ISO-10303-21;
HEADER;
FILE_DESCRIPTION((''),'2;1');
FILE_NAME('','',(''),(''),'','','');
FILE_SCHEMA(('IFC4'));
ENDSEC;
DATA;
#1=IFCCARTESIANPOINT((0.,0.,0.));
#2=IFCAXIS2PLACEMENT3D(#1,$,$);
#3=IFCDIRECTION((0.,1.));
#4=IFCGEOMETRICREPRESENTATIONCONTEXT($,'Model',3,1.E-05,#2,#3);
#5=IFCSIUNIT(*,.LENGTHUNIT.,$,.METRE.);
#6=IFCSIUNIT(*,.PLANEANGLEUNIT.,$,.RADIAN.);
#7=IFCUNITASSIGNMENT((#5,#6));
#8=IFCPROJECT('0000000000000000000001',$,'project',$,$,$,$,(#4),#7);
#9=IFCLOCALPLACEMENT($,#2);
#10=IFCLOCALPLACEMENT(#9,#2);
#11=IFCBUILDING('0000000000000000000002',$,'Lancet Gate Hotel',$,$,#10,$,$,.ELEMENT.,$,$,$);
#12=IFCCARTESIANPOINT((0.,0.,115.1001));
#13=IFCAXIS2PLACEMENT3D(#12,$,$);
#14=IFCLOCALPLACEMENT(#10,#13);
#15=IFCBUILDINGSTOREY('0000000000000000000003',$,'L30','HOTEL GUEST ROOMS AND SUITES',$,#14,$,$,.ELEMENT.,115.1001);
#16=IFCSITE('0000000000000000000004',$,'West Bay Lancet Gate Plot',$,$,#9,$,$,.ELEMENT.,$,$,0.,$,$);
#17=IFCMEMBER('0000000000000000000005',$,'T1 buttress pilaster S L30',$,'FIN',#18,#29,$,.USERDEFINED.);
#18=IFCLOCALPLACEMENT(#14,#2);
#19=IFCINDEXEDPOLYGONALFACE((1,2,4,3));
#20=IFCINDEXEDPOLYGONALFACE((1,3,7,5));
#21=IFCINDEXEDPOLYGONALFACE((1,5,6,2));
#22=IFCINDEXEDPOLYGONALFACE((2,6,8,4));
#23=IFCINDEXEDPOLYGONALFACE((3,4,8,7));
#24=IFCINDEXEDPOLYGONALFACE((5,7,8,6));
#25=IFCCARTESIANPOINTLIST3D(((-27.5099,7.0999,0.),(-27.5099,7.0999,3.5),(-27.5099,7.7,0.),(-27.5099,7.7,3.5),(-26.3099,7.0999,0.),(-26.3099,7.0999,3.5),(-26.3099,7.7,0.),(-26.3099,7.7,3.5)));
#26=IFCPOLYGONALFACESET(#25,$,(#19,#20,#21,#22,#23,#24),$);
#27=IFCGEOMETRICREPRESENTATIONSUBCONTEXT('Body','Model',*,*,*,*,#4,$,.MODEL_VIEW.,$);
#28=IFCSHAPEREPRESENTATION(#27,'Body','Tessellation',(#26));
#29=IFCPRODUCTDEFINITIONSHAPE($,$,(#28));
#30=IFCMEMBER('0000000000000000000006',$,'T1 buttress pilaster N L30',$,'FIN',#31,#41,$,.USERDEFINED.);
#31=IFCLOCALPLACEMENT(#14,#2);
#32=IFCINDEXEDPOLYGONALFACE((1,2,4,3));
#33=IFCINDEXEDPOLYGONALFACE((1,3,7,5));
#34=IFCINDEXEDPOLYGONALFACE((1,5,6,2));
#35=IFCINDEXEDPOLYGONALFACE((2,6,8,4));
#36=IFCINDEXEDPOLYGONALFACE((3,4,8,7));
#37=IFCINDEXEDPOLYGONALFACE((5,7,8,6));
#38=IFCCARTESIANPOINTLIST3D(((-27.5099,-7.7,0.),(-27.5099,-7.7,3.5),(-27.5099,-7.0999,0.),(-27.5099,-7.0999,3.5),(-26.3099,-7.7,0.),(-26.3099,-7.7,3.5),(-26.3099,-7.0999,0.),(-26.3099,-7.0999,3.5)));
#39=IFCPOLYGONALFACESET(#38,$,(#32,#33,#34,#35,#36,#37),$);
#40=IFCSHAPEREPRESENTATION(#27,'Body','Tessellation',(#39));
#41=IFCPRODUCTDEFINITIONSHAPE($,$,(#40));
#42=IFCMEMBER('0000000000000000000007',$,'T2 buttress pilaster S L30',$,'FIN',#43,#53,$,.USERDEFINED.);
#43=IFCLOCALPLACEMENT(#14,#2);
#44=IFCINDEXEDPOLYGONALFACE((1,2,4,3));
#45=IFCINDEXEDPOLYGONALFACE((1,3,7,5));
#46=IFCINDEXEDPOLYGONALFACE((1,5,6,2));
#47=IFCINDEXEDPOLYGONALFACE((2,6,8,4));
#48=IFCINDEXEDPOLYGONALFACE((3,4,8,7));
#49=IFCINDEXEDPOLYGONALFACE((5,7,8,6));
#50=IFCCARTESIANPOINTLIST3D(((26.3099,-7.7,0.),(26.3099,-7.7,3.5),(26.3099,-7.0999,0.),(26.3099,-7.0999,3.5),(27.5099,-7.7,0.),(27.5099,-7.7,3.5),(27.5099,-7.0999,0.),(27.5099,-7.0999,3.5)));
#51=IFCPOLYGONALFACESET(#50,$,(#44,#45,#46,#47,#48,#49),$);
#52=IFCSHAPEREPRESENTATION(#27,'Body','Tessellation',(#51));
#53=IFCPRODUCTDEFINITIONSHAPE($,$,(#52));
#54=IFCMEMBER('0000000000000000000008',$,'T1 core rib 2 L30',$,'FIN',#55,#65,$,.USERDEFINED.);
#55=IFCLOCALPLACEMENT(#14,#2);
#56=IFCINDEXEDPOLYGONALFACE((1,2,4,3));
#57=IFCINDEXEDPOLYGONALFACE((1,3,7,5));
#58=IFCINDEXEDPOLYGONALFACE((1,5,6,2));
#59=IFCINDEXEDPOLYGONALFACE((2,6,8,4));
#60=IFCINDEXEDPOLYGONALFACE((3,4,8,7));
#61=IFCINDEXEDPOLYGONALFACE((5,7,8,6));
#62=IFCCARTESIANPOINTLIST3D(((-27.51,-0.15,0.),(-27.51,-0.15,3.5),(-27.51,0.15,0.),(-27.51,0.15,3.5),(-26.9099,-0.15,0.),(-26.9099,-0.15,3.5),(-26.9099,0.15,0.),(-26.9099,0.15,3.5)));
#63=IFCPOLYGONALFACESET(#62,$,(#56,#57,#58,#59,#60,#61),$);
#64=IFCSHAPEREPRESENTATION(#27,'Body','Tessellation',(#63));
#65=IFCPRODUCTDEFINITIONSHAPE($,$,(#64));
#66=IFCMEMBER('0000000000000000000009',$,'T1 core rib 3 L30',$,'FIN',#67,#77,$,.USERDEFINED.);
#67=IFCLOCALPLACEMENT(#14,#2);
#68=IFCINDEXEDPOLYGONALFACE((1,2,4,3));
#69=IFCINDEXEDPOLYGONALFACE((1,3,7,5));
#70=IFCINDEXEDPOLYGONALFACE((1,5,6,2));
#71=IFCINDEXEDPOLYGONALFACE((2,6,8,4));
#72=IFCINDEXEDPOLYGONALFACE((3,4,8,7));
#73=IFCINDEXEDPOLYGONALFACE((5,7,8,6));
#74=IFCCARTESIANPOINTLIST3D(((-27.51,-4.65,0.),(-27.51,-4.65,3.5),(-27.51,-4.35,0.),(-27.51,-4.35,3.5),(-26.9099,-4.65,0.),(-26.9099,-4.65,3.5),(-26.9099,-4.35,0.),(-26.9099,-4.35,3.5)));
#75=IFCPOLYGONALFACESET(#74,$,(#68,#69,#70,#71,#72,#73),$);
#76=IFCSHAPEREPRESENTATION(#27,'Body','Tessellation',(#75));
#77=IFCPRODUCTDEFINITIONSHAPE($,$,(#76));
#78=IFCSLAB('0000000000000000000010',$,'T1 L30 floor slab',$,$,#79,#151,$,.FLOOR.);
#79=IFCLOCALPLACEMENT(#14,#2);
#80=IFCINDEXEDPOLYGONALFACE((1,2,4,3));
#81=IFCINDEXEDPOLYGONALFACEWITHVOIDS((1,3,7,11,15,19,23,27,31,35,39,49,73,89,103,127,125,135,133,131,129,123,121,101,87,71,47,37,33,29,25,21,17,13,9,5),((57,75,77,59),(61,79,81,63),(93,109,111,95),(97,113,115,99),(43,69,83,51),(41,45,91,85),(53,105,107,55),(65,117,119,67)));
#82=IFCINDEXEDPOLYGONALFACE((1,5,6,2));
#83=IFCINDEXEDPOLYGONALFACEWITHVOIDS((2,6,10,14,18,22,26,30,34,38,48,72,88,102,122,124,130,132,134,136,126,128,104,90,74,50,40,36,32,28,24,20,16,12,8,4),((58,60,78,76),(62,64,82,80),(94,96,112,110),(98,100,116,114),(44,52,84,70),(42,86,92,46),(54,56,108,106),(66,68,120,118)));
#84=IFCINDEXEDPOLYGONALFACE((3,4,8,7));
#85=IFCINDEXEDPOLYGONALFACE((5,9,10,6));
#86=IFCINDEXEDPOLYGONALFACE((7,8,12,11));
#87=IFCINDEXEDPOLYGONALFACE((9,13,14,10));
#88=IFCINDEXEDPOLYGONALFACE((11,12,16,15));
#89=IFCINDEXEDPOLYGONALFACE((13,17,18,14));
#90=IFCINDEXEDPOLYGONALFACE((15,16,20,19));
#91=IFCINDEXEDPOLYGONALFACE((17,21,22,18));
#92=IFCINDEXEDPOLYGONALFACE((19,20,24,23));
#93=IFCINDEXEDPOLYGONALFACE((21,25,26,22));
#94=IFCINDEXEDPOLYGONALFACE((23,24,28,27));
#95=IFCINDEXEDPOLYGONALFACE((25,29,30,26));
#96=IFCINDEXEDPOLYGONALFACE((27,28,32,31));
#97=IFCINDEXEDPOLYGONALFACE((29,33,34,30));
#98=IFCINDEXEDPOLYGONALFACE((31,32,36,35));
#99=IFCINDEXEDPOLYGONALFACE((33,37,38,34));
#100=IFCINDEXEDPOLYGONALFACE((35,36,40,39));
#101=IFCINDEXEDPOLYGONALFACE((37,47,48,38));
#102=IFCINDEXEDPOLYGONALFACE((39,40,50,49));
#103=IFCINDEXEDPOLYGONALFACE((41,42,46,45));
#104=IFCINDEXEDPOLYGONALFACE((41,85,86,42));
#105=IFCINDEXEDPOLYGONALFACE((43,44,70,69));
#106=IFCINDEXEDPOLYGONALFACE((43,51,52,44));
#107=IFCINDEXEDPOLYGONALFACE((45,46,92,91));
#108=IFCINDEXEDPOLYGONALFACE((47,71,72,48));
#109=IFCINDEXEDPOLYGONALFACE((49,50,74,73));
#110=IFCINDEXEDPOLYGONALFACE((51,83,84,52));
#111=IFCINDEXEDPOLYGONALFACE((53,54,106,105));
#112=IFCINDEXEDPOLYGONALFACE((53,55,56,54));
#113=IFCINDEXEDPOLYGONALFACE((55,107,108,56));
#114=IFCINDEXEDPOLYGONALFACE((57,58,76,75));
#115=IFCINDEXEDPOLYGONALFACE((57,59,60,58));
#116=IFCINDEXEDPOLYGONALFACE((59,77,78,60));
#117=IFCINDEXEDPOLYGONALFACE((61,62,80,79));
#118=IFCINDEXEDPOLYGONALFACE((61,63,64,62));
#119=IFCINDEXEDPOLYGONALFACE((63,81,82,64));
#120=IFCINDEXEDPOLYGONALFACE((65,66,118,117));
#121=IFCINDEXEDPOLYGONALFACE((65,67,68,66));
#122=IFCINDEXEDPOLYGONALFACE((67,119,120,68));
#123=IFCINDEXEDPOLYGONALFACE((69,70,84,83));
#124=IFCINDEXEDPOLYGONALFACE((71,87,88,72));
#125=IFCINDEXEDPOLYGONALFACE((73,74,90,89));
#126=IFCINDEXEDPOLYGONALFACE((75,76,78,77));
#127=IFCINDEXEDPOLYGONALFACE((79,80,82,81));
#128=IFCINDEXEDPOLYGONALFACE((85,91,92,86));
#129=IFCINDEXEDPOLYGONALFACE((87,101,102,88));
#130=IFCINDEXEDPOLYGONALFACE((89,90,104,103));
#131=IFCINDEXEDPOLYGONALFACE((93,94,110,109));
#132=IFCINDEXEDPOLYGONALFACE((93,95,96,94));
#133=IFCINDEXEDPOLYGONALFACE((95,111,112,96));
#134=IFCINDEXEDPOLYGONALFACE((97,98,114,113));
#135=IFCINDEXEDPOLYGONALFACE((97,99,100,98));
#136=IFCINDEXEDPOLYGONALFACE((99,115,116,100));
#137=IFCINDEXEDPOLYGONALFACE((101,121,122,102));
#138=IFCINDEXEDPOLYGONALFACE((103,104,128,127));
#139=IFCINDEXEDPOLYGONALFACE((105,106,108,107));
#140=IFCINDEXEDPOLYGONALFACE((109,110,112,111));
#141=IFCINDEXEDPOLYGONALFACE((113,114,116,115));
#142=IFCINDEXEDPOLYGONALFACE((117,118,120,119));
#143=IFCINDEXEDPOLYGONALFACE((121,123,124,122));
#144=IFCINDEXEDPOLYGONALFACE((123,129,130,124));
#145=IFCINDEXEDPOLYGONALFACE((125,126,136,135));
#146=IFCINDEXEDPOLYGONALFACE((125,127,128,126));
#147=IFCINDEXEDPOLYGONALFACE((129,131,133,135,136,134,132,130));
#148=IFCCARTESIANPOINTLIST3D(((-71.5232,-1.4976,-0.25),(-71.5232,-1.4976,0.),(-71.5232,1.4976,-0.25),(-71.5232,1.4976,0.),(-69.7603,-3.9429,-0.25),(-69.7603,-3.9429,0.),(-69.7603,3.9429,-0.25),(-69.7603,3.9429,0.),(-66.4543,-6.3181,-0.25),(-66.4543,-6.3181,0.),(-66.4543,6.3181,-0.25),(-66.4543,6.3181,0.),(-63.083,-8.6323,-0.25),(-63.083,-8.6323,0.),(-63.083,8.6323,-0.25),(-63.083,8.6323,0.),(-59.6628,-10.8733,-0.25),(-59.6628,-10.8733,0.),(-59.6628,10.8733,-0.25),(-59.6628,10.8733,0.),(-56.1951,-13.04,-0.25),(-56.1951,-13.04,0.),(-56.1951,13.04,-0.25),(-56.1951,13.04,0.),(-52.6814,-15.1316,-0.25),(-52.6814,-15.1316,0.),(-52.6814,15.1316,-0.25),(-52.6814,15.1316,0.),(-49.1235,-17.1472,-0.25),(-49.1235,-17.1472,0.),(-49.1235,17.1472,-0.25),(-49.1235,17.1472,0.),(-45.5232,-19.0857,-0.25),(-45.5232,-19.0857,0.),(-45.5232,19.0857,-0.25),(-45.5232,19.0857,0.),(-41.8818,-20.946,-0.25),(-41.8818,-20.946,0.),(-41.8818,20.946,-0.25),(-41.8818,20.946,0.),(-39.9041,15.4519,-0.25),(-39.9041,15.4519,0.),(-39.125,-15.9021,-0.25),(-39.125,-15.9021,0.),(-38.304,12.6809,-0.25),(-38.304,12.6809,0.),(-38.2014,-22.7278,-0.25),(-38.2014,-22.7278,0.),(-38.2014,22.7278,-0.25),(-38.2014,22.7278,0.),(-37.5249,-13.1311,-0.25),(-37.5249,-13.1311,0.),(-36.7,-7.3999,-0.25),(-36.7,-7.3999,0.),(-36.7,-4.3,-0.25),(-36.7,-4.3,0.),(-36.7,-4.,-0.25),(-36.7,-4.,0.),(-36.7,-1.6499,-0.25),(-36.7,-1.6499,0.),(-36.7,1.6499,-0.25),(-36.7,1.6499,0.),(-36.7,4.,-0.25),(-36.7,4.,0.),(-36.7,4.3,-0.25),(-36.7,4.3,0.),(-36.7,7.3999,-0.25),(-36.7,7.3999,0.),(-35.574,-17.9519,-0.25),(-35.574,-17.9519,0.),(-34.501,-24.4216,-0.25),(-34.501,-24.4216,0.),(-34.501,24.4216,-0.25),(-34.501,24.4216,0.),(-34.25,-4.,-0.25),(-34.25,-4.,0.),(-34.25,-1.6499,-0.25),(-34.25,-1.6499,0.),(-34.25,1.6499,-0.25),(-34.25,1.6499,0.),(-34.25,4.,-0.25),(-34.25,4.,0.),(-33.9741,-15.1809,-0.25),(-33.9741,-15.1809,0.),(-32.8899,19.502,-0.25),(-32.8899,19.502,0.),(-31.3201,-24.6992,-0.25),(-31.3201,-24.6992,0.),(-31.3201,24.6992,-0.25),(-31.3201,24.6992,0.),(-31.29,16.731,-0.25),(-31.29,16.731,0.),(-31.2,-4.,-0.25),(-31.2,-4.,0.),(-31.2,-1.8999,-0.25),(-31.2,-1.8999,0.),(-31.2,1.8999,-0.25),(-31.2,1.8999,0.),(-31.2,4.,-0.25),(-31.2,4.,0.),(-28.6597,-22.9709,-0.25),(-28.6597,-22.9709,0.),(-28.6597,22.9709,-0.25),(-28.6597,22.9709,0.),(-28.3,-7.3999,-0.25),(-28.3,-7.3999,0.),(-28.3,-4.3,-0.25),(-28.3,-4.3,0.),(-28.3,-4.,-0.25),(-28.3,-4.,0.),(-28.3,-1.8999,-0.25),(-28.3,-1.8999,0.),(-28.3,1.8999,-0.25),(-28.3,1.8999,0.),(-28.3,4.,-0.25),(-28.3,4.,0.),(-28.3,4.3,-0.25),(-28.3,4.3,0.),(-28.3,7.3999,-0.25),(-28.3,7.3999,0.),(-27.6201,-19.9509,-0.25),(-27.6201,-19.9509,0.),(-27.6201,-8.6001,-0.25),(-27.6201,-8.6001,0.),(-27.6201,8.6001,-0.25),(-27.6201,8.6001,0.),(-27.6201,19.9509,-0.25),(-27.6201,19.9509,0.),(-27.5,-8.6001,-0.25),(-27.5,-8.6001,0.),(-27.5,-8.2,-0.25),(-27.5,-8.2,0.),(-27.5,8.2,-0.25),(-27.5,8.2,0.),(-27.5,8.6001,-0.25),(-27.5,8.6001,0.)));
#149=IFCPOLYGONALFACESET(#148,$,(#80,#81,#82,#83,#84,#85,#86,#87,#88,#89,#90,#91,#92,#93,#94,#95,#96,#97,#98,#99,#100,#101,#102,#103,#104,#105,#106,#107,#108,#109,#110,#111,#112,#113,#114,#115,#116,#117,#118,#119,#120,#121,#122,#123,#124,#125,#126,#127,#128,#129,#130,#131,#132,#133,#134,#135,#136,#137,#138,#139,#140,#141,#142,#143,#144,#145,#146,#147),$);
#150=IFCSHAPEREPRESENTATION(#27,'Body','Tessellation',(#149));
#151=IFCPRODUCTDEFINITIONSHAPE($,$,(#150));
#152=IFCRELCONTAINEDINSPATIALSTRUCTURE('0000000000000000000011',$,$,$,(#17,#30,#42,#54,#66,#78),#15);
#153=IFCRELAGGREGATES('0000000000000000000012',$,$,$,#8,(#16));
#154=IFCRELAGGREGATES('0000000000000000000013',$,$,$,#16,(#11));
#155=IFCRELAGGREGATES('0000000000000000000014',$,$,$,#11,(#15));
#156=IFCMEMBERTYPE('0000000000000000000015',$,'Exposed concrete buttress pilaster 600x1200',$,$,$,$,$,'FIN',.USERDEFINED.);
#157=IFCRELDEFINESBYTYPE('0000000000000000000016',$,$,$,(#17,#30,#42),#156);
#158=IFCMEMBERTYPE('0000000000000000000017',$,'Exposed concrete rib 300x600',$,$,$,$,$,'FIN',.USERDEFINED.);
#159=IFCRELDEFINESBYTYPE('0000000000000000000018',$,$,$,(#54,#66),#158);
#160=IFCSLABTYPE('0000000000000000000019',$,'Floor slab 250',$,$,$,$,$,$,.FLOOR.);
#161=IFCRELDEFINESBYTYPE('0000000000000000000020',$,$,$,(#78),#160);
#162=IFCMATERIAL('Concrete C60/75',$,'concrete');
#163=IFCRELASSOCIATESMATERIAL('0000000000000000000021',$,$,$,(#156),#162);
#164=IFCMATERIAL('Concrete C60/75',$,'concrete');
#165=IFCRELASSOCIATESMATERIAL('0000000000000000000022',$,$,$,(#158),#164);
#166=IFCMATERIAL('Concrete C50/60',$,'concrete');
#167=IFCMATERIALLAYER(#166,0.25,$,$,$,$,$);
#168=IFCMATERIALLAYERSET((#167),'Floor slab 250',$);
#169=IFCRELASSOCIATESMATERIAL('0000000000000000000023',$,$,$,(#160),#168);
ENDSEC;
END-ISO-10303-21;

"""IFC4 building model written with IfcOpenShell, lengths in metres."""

from ifc_helpers import new_model, si_unit, direction, frame, origin, origin_2d, place, context, subcontext, project, spatial, polyline, rectangle, outline, extrude, material, layer, layer_set, material_profile, profile_set, type_object, element, save


model = new_model("IFC4")

# Units and contexts
model_context = context("Model", 3, precision=1e-05, world=origin(), true_north=direction((0.0, 1.0)))
body_context = subcontext(model_context, "Body", "Model", "MODEL_VIEW")
ifc_project = project(units=[si_unit("LENGTHUNIT", "METRE"), si_unit("PLANEANGLEUNIT", "RADIAN")], contexts=[model_context])

# Site, building, storey
site_placement = place(None, origin())
site = spatial("IfcSite", under=ifc_project, at=site_placement, Name="West Bay Lancet Gate Plot", CompositionType="ELEMENT", RefElevation=0.0)
building_placement = place(site_placement, origin())
building = spatial("IfcBuilding", under=site, at=building_placement, Name="Lancet Gate Hotel", CompositionType="ELEMENT")
storey_placement = place(building_placement, frame((0.0, 0.0, 115.1001)))
storey = spatial("IfcBuildingStorey", under=building, at=storey_placement, Name="L30", Description="HOTEL GUEST ROOMS AND SUITES", CompositionType="ELEMENT", Elevation=115.1001)

# Members
ifc_material_1 = material(Name="Concrete C60/75", Category="concrete")
ifc_material_profile_1 = material_profile(ifc_material_1, rectangle(XDim=0.6001, YDim=1.2, at=origin_2d()), Name="FIN 600x1200")
ifc_profile_set_1 = profile_set([ifc_material_profile_1], Name="Concrete C60/75")
member_type_1 = type_object("IfcMemberType", Name="Exposed concrete buttress pilaster 600x1200", ElementType="FIN", PredefinedType="USERDEFINED", material=ifc_profile_set_1)
for number, where, z_axis, x_axis, name in (
    (1, (-26.9099, 7.3999, 0.0), (0.0, 0.0, 1.0), (0.0, 1.0, 0.0), "T1 buttress pilaster S L30"),
    (2, (-26.9099, -7.3999, 0.0), (0.0, 0.0, 1.0), (0.0, 1.0, 0.0), "T1 buttress pilaster N L30"),
    (3, (26.9099, -7.3999, 0.0), (0.0, 0.0, 1.0), (0.0, 1.0, 0.0), "T2 buttress pilaster S L30"),
):
    element("IfcMember", number, at=place(storey_placement, frame(where, z_axis=z_axis, x_axis=x_axis)), inside=storey, type_object=member_type_1, Name=name, ObjectType="FIN", PredefinedType="USERDEFINED", context=body_context, shape_type="SweptSolid", body=[
        extrude(rectangle(XDim=0.6001, YDim=1.2, at=origin_2d()), origin(), (0.0, 0.0, 1.0), 3.5),
    ])
ifc_material_2 = material(Name="Concrete C60/75", Category="concrete")
ifc_material_profile_2 = material_profile(ifc_material_2, rectangle(XDim=0.3, YDim=0.6001, at=origin_2d()), Name="FIN 300x600")
ifc_profile_set_2 = profile_set([ifc_material_profile_2], Name="Concrete C60/75")
member_type_2 = type_object("IfcMemberType", Name="Exposed concrete rib 300x600", ElementType="FIN", PredefinedType="USERDEFINED", material=ifc_profile_set_2)
for number, where, z_axis, x_axis, name in (
    (4, (-27.21, 0.0, 0.0), (0.0, 0.0, 1.0), (0.0, 1.0, 0.0), "T1 core rib 2 L30"),
    (5, (-27.21, -4.5, 0.0), (0.0, 0.0, 1.0), (0.0, 1.0, 0.0), "T1 core rib 3 L30"),
):
    element("IfcMember", number, at=place(storey_placement, frame(where, z_axis=z_axis, x_axis=x_axis)), inside=storey, type_object=member_type_2, Name=name, ObjectType="FIN", PredefinedType="USERDEFINED", context=body_context, shape_type="SweptSolid", body=[
        extrude(rectangle(XDim=0.3, YDim=0.6001, at=origin_2d()), origin(), (0.0, 0.0, 1.0), 3.5),
    ])

# Slab
ifc_material_3 = material(Name="Concrete C50/60", Category="concrete")
ifc_layer_1 = layer(ifc_material_3, 0.25)
ifc_layer_set_1 = layer_set([ifc_layer_1], Name="Floor slab 250")
slab_type_1 = type_object("IfcSlabType", Name="Floor slab 250", PredefinedType="FLOOR", material=ifc_layer_set_1)
slab_1_placement = place(storey_placement, frame((0.0, 0.0, -0.25)))
element("IfcSlab", 6, at=slab_1_placement, inside=storey, type_object=slab_type_1, Name="T1 L30 floor slab", PredefinedType="FLOOR", context=body_context, shape_type="SweptSolid", body=[
    extrude(outline(polyline([(-27.5, 8.6001), (-27.6201, 8.6001), (-27.6201, 19.9509), (-28.6597, 22.9709), (-31.3201, 24.6992), (-34.501, 24.4216), (-38.2014, 22.7278), (-41.8818, 20.946), (-45.5232, 19.0857), (-49.1235, 17.1472), (-52.6814, 15.1316), (-56.1951, 13.04), (-59.6628, 10.8733), (-63.083, 8.6323), (-66.4543, 6.3181), (-69.7603, 3.9429), (-71.5232, 1.4976), (-71.5232, -1.4976), (-69.7603, -3.9429), (-66.4543, -6.3181), (-63.083, -8.6323), (-59.6628, -10.8733), (-56.1951, -13.04), (-52.6814, -15.1316), (-49.1235, -17.1472), (-45.5232, -19.0857), (-41.8818, -20.946), (-38.2014, -22.7278), (-34.501, -24.4216), (-31.3201, -24.6992), (-28.6597, -22.9709), (-27.6201, -19.9509), (-27.6201, -8.6001), (-27.5, -8.6001), (-27.5, -8.2), (-27.5, 8.2), (-27.5, 8.6001)]), holes=[polyline([(-36.7, 7.3999), (-36.7, 4.3), (-28.3, 4.3), (-28.3, 7.3999), (-36.7, 7.3999)]), polyline([(-28.3, 4.0), (-31.2, 4.0), (-31.2, 1.8999), (-28.3, 1.8999), (-28.3, 4.0)]), polyline([(-34.25, 4.0), (-36.7, 4.0), (-36.7, 1.6499), (-34.25, 1.6499), (-34.25, 4.0)]), polyline([(-36.7, -1.6499), (-36.7, -4.0), (-34.25, -4.0), (-34.25, -1.6499), (-36.7, -1.6499)]), polyline([(-28.3, -1.8999), (-31.2, -1.8999), (-31.2, -4.0), (-28.3, -4.0), (-28.3, -1.8999)]), polyline([(-28.3, -4.3), (-36.7, -4.3), (-36.7, -7.3999), (-28.3, -7.3999), (-28.3, -4.3)]), polyline([(-31.29, 16.731), (-32.8899, 19.502), (-39.9041, 15.4519), (-38.304, 12.6809), (-31.29, 16.731)]), polyline([(-33.9741, -15.1809), (-37.5249, -13.1311), (-39.125, -15.9021), (-35.574, -17.9519), (-33.9741, -15.1809)])]), origin(), (0.0, 0.0, 1.0), 0.25),
])

save(model, "model.ifc")
